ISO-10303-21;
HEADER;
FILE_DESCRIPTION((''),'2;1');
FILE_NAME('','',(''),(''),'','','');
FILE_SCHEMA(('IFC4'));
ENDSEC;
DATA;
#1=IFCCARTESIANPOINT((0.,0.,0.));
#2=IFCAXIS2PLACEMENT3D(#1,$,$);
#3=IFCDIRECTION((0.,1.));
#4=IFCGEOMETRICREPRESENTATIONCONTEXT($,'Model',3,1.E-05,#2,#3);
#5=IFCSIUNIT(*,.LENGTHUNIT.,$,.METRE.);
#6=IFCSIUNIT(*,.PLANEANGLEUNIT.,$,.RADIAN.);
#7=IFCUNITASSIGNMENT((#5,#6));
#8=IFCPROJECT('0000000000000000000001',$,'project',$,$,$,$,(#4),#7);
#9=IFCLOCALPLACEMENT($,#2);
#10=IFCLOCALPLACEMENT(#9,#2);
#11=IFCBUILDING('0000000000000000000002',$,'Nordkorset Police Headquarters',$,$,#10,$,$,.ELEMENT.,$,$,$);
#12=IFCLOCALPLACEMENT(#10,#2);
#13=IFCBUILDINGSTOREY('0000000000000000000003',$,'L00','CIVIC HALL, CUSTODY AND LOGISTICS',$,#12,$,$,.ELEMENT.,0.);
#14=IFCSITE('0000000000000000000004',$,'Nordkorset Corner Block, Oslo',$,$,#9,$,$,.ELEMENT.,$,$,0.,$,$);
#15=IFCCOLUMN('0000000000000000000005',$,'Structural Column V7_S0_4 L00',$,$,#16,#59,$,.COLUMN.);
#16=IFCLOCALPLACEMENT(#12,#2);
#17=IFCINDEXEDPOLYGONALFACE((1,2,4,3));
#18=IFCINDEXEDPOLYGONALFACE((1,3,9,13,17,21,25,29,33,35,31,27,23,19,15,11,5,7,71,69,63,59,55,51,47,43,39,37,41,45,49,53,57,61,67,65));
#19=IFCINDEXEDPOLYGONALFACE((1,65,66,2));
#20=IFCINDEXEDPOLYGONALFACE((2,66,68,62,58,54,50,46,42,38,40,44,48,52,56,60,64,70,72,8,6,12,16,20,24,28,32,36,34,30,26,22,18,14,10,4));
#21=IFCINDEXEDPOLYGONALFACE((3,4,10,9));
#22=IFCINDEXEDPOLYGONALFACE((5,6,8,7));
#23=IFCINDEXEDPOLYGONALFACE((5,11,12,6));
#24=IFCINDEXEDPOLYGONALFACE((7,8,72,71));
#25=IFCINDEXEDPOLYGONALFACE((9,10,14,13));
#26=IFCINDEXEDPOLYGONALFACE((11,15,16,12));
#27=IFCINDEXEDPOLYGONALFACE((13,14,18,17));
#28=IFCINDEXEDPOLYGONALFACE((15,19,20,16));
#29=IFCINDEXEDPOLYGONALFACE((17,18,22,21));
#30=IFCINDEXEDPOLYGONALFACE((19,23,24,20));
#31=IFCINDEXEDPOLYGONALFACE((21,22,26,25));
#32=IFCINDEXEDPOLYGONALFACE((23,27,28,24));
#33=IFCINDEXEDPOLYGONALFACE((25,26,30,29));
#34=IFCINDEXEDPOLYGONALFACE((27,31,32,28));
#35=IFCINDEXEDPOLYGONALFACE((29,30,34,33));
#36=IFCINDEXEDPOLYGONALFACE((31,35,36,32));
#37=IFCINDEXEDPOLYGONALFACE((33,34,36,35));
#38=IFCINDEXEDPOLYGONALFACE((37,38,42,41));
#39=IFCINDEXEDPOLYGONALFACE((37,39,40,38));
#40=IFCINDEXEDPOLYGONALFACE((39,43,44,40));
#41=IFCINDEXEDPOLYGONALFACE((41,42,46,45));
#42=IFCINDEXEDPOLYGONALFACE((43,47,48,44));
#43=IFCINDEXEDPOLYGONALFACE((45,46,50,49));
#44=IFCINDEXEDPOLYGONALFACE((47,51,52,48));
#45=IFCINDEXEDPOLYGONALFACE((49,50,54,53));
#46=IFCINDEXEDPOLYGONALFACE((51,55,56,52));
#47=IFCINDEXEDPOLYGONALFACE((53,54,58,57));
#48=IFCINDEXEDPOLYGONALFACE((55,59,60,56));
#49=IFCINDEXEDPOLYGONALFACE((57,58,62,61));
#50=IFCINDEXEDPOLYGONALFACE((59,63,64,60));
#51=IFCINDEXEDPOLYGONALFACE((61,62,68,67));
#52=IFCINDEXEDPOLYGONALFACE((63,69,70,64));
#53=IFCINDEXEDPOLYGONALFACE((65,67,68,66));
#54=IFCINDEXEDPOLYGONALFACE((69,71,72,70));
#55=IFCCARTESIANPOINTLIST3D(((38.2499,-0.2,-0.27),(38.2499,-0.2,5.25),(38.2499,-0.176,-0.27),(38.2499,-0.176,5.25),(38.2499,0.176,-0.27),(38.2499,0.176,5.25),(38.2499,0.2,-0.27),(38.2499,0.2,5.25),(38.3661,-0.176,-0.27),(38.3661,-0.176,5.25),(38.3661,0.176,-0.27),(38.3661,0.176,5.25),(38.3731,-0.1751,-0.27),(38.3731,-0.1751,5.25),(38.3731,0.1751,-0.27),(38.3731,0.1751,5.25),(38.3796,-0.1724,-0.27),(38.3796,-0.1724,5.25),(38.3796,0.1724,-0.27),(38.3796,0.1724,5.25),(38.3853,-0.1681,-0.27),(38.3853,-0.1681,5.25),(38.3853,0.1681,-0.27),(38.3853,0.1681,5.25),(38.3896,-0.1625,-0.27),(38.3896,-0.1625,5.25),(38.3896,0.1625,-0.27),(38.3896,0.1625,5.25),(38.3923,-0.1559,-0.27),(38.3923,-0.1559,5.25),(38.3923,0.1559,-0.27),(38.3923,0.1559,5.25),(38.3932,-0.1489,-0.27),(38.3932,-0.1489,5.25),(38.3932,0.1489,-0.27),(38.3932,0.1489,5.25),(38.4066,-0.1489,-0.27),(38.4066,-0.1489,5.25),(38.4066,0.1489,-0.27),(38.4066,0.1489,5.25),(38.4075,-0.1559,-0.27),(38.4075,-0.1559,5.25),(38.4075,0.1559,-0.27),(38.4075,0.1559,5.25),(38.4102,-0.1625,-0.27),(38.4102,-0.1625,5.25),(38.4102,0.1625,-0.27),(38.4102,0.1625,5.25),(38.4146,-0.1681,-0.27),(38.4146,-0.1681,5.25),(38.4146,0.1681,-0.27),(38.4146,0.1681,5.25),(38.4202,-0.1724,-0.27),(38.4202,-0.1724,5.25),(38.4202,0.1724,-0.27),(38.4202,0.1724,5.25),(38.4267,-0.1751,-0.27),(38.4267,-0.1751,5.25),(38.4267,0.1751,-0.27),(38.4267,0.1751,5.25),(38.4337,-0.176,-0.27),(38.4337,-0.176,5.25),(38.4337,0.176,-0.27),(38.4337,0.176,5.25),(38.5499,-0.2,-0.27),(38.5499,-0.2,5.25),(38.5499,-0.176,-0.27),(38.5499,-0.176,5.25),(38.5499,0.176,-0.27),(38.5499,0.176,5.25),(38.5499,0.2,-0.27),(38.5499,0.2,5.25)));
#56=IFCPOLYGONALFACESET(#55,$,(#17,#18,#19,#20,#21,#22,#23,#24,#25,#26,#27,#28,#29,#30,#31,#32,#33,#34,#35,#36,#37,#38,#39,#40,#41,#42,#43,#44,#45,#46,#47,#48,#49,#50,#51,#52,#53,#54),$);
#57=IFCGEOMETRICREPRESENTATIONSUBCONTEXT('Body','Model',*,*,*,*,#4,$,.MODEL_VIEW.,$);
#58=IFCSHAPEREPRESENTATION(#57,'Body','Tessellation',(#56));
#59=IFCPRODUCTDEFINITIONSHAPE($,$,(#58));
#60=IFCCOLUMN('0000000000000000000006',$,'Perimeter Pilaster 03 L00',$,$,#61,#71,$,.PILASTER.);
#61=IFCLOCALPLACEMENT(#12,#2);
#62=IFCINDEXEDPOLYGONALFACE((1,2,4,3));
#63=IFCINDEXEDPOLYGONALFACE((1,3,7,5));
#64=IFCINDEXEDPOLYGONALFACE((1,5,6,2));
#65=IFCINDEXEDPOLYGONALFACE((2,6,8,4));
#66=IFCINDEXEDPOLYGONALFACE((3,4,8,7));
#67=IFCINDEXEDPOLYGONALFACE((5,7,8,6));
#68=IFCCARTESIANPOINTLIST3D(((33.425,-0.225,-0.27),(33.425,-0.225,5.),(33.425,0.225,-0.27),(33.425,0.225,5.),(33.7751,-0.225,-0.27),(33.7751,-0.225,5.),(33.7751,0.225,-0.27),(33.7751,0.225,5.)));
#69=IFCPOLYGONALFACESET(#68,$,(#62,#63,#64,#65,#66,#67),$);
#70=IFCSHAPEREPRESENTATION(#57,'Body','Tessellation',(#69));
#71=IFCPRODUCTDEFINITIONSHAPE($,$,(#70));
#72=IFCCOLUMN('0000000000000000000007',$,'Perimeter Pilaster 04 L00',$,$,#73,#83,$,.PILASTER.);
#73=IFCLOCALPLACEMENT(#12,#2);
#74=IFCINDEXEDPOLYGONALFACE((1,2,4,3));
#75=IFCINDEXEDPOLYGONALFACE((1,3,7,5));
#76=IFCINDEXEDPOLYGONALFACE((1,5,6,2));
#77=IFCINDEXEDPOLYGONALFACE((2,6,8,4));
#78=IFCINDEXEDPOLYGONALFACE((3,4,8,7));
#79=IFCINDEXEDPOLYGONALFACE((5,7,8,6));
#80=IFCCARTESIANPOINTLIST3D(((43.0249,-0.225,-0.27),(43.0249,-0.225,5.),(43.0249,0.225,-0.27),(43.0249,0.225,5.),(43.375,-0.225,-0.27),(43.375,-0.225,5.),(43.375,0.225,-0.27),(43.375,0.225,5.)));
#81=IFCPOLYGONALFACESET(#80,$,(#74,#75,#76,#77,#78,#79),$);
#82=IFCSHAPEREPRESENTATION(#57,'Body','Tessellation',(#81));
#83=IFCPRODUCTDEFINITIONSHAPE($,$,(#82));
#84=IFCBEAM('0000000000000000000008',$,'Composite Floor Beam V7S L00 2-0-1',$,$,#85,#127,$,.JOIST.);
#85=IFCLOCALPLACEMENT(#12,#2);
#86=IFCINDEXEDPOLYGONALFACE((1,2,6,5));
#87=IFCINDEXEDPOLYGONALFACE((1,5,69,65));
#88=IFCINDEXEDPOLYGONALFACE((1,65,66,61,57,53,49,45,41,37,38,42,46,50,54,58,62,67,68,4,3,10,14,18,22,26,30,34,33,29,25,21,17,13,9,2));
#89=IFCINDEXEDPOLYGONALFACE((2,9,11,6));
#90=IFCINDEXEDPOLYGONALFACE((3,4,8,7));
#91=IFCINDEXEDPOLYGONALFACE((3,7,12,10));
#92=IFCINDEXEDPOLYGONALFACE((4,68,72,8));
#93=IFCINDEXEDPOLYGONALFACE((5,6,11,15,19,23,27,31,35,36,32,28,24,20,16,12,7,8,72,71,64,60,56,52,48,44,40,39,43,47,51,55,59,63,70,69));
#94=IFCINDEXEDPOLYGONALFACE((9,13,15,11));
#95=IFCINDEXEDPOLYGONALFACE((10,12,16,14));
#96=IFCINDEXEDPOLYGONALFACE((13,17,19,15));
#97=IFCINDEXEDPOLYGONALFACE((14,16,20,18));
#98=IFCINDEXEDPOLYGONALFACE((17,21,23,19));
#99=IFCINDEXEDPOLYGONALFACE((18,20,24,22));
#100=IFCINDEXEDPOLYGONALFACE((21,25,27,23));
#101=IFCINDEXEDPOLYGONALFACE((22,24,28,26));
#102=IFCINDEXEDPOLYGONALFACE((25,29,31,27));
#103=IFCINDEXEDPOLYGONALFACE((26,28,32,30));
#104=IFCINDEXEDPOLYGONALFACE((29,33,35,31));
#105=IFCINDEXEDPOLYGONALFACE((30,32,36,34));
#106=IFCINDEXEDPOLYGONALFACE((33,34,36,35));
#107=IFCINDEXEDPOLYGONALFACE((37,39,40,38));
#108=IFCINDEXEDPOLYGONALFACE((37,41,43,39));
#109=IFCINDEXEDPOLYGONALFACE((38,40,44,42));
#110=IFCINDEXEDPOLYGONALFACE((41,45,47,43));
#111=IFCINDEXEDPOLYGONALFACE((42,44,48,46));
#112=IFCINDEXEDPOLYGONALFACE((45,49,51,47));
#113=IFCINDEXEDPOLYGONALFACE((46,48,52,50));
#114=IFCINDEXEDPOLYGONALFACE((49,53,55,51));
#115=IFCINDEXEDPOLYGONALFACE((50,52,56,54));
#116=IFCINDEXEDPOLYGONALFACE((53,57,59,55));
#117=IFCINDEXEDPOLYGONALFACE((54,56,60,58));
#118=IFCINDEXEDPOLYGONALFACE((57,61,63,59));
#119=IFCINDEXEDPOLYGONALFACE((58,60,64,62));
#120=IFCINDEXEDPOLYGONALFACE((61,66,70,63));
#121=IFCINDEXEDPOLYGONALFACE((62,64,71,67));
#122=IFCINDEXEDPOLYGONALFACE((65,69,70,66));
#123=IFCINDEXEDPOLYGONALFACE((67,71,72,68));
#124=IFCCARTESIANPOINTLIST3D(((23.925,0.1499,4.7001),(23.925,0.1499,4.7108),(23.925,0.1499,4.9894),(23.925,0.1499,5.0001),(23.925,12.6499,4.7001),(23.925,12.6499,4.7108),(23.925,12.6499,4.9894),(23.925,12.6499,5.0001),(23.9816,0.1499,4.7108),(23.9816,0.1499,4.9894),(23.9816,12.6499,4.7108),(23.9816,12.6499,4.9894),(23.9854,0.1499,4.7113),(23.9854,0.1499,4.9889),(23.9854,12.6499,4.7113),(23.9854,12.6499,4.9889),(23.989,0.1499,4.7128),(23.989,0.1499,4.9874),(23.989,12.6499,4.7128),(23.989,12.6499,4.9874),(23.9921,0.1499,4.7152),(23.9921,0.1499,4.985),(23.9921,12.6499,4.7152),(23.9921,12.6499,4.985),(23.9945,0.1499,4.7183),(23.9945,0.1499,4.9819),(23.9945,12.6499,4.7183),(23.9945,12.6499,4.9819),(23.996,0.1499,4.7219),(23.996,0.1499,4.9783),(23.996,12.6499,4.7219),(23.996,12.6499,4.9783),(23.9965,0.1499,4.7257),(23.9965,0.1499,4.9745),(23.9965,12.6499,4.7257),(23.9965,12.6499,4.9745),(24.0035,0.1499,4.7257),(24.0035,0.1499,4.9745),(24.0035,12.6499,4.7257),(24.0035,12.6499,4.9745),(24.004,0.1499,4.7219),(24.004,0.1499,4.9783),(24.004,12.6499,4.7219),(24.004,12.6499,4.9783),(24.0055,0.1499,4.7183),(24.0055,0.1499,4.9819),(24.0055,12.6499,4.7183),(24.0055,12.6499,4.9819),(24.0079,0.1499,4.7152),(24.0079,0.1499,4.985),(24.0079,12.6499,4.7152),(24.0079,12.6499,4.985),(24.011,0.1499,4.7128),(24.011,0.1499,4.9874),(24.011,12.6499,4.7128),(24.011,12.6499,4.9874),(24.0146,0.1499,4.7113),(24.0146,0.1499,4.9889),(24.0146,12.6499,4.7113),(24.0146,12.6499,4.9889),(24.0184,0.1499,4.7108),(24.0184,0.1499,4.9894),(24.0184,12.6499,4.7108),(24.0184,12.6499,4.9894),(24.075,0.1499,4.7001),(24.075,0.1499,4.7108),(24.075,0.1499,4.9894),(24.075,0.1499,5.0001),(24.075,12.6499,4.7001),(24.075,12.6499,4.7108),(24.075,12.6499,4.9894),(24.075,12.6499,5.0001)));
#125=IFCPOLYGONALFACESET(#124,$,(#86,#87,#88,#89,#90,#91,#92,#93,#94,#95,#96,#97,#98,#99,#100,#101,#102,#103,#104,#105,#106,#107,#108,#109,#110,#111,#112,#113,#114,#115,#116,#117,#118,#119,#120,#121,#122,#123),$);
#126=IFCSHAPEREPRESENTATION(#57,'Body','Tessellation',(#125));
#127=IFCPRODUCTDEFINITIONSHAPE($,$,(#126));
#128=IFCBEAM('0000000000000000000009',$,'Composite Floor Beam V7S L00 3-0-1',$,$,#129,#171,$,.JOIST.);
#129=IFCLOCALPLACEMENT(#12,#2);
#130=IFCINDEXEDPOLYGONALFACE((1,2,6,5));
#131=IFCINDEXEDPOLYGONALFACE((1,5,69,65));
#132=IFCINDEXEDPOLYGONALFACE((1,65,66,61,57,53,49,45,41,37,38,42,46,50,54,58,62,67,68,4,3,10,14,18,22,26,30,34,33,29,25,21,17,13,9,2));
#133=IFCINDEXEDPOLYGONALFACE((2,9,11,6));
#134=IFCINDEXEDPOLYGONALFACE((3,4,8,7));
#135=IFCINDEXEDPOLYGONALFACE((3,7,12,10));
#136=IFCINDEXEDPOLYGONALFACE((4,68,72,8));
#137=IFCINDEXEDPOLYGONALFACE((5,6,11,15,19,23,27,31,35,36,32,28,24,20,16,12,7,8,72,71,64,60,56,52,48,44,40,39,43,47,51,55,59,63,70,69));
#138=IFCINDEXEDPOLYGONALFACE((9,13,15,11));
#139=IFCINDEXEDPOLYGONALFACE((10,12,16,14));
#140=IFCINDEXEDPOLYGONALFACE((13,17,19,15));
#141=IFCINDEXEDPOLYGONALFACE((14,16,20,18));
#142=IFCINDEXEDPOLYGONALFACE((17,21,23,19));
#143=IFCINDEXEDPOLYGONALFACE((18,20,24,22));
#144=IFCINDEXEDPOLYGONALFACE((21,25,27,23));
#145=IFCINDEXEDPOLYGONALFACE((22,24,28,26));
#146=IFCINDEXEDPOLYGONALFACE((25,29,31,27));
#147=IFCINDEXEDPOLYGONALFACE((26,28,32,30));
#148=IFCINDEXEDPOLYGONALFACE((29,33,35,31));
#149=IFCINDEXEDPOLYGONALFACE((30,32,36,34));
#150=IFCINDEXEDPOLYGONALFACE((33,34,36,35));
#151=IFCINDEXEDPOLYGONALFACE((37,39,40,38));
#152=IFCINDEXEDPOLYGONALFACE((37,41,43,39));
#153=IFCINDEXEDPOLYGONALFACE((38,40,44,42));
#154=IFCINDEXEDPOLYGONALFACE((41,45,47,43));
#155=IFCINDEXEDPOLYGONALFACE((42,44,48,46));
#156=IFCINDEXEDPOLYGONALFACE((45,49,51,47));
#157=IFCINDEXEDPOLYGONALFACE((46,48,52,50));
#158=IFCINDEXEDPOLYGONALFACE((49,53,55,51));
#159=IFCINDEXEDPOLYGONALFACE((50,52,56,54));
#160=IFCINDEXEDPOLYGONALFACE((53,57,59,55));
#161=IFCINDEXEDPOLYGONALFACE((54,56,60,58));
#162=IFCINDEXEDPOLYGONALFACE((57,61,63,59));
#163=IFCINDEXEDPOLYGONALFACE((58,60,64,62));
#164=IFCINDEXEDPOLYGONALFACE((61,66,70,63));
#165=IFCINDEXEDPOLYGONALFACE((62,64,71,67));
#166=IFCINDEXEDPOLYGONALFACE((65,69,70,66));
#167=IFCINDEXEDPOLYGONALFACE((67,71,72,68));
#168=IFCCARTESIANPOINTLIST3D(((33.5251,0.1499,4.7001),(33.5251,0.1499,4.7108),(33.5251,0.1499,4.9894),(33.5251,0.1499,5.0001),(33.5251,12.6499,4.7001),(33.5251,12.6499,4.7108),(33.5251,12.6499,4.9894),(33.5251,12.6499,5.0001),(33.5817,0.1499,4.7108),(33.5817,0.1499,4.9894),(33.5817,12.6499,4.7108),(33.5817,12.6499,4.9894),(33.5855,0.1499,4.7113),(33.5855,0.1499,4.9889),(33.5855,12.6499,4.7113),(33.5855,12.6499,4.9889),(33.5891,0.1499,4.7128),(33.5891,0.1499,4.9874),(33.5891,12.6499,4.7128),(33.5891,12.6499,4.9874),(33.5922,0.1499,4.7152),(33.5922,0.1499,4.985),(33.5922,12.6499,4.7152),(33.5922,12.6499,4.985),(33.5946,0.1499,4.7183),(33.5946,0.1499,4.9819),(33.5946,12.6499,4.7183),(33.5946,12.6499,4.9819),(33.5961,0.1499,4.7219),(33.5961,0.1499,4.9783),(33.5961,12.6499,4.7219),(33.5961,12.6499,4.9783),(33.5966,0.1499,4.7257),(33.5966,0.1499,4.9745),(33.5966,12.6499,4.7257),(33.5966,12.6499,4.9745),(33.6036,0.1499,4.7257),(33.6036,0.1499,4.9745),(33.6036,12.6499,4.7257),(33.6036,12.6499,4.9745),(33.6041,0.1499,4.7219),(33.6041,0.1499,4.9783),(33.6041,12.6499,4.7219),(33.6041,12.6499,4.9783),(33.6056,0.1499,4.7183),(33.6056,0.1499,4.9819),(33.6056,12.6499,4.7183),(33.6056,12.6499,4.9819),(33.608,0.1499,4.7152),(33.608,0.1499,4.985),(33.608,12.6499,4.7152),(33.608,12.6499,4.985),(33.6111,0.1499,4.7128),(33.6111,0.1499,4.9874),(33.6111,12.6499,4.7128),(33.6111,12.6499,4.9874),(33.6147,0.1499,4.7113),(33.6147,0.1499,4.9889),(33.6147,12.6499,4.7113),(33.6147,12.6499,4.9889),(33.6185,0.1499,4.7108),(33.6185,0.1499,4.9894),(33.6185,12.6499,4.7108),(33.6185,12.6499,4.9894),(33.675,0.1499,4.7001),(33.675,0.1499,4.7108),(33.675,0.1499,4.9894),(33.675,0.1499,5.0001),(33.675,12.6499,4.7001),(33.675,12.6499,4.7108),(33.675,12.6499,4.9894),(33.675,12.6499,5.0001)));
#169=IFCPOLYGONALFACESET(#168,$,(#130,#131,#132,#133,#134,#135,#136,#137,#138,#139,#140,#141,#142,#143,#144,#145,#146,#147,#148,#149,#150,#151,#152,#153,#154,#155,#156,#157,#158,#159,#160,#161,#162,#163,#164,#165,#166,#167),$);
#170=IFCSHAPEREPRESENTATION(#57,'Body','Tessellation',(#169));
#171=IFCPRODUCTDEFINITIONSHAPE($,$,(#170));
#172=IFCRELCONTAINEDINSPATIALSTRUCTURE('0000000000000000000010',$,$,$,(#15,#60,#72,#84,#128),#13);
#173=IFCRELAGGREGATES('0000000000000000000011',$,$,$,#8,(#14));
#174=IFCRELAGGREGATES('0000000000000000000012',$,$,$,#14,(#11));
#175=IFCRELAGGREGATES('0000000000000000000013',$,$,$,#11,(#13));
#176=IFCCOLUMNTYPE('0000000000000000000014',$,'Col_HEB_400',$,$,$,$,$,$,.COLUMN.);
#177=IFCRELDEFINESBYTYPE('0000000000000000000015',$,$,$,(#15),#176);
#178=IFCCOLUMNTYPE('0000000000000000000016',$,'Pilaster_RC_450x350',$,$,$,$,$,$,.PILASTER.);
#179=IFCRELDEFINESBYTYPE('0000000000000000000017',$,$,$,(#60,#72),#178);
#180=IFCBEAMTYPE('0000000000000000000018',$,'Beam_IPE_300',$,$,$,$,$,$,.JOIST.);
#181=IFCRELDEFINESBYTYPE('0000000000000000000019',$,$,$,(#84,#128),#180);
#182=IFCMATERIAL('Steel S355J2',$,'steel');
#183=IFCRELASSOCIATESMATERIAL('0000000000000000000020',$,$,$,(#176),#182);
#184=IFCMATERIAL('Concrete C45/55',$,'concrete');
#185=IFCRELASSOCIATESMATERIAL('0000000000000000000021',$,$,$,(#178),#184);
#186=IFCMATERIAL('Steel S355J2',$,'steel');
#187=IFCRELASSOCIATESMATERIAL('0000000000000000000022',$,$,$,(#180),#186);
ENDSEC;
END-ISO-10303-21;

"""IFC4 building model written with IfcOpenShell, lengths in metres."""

from ifc_helpers import new_model, si_unit, direction, frame, origin, origin_2d, place, context, subcontext, project, spatial, rectangle, i_section, extrude, material, material_profile, profile_set, type_object, element, save


model = new_model("IFC4")

# Units and contexts
model_context = context("Model", 3, precision=1e-05, world=origin(), true_north=direction((0.0, 1.0)))
body_context = subcontext(model_context, "Body", "Model", "MODEL_VIEW")
ifc_project = project(units=[si_unit("LENGTHUNIT", "METRE"), si_unit("PLANEANGLEUNIT", "RADIAN")], contexts=[model_context])

# Site, building, storey
site_placement = place(None, origin())
site = spatial("IfcSite", under=ifc_project, at=site_placement, Name="Nordkorset Corner Block, Oslo", CompositionType="ELEMENT", RefElevation=0.0)
building_placement = place(site_placement, origin())
building = spatial("IfcBuilding", under=site, at=building_placement, Name="Nordkorset Police Headquarters", CompositionType="ELEMENT")
storey_placement = place(building_placement, origin())
storey = spatial("IfcBuildingStorey", under=building, at=storey_placement, Name="L00", Description="CIVIC HALL, CUSTODY AND LOGISTICS", CompositionType="ELEMENT", Elevation=0.0)

# Columns
ifc_material_1 = material(Name="Steel S355J2", Category="steel")
ifc_material_profile_1 = material_profile(ifc_material_1, i_section(OverallWidth=0.3, OverallDepth=0.3999, WebThickness=0.0134, FlangeThickness=0.0239, FilletRadius=0.0271, at=origin_2d()), Name="HEB 400")
ifc_profile_set_1 = profile_set([ifc_material_profile_1], Name="Steel S355J2")
column_type_1 = type_object("IfcColumnType", Name="Col_HEB_400", PredefinedType="COLUMN", material=ifc_profile_set_1)
for number, where, z_axis, x_axis, name in (
    (1, (38.3999, 0.0, -0.27), (0.0, 0.0, 1.0), (1.0, 0.0, 0.0), "Structural Column V7_S0_4 L00"),
):
    element("IfcColumn", number, at=place(storey_placement, frame(where, z_axis=z_axis, x_axis=x_axis)), inside=storey, type_object=column_type_1, Name=name, PredefinedType="COLUMN", context=body_context, shape_type="SweptSolid", body=[
        extrude(i_section(OverallWidth=0.3, OverallDepth=0.3999, WebThickness=0.0134, FlangeThickness=0.0239, FilletRadius=0.0271, at=origin_2d()), origin(), (0.0, 0.0, 1.0), 5.52),
    ])
ifc_material_2 = material(Name="Concrete C45/55", Category="concrete")
ifc_material_profile_2 = material_profile(ifc_material_2, rectangle(XDim=0.3501, YDim=0.45, at=origin_2d()), Name="RC 450x350")
ifc_profile_set_2 = profile_set([ifc_material_profile_2], Name="Concrete C45/55")
column_type_2 = type_object("IfcColumnType", Name="Pilaster_RC_450x350", PredefinedType="PILASTER", material=ifc_profile_set_2)
for number, where, z_axis, x_axis, name in (
    (2, (33.6001, 0.0, -0.27), (0.0, 0.0, 1.0), (1.0, 0.0, 0.0), "Perimeter Pilaster 03 L00"),
    (3, (43.2, 0.0, -0.27), (0.0, 0.0, 1.0), (1.0, 0.0, 0.0), "Perimeter Pilaster 04 L00"),
):
    element("IfcColumn", number, at=place(storey_placement, frame(where, z_axis=z_axis, x_axis=x_axis)), inside=storey, type_object=column_type_2, Name=name, PredefinedType="PILASTER", context=body_context, shape_type="SweptSolid", body=[
        extrude(rectangle(XDim=0.3501, YDim=0.45, at=origin_2d()), origin(), (0.0, 0.0, 1.0), 5.27),
    ])

# Beams
ifc_material_3 = material(Name="Steel S355J2", Category="steel")
ifc_material_profile_3 = material_profile(ifc_material_3, i_section(OverallWidth=0.1499, OverallDepth=0.3, WebThickness=0.0071, FlangeThickness=0.0107, FilletRadius=0.0149, at=origin_2d()), Name="IPE 300")
ifc_profile_set_3 = profile_set([ifc_material_profile_3], Name="Steel S355J2")
beam_type_1 = type_object("IfcBeamType", Name="Beam_IPE_300", PredefinedType="JOIST", material=ifc_profile_set_3)
for number, where, z_axis, x_axis, name in (
    (4, (24.0, 0.1499, 4.8501), (0.0, 1.0, 0.0), (-1.0, 0.0, 0.0), "Composite Floor Beam V7S L00 2-0-1"),
    (5, (33.6001, 0.1499, 4.8501), (0.0, 1.0, 0.0), (-1.0, 0.0, 0.0), "Composite Floor Beam V7S L00 3-0-1"),
):
    element("IfcBeam", number, at=place(storey_placement, frame(where, z_axis=z_axis, x_axis=x_axis)), inside=storey, type_object=beam_type_1, Name=name, PredefinedType="JOIST", context=body_context, shape_type="SweptSolid", body=[
        extrude(i_section(OverallWidth=0.1499, OverallDepth=0.3, WebThickness=0.0071, FlangeThickness=0.0107, FilletRadius=0.0149, at=origin_2d()), origin(), (0.0, 0.0, 1.0), 12.5),
    ])

save(model, "model.ifc")
